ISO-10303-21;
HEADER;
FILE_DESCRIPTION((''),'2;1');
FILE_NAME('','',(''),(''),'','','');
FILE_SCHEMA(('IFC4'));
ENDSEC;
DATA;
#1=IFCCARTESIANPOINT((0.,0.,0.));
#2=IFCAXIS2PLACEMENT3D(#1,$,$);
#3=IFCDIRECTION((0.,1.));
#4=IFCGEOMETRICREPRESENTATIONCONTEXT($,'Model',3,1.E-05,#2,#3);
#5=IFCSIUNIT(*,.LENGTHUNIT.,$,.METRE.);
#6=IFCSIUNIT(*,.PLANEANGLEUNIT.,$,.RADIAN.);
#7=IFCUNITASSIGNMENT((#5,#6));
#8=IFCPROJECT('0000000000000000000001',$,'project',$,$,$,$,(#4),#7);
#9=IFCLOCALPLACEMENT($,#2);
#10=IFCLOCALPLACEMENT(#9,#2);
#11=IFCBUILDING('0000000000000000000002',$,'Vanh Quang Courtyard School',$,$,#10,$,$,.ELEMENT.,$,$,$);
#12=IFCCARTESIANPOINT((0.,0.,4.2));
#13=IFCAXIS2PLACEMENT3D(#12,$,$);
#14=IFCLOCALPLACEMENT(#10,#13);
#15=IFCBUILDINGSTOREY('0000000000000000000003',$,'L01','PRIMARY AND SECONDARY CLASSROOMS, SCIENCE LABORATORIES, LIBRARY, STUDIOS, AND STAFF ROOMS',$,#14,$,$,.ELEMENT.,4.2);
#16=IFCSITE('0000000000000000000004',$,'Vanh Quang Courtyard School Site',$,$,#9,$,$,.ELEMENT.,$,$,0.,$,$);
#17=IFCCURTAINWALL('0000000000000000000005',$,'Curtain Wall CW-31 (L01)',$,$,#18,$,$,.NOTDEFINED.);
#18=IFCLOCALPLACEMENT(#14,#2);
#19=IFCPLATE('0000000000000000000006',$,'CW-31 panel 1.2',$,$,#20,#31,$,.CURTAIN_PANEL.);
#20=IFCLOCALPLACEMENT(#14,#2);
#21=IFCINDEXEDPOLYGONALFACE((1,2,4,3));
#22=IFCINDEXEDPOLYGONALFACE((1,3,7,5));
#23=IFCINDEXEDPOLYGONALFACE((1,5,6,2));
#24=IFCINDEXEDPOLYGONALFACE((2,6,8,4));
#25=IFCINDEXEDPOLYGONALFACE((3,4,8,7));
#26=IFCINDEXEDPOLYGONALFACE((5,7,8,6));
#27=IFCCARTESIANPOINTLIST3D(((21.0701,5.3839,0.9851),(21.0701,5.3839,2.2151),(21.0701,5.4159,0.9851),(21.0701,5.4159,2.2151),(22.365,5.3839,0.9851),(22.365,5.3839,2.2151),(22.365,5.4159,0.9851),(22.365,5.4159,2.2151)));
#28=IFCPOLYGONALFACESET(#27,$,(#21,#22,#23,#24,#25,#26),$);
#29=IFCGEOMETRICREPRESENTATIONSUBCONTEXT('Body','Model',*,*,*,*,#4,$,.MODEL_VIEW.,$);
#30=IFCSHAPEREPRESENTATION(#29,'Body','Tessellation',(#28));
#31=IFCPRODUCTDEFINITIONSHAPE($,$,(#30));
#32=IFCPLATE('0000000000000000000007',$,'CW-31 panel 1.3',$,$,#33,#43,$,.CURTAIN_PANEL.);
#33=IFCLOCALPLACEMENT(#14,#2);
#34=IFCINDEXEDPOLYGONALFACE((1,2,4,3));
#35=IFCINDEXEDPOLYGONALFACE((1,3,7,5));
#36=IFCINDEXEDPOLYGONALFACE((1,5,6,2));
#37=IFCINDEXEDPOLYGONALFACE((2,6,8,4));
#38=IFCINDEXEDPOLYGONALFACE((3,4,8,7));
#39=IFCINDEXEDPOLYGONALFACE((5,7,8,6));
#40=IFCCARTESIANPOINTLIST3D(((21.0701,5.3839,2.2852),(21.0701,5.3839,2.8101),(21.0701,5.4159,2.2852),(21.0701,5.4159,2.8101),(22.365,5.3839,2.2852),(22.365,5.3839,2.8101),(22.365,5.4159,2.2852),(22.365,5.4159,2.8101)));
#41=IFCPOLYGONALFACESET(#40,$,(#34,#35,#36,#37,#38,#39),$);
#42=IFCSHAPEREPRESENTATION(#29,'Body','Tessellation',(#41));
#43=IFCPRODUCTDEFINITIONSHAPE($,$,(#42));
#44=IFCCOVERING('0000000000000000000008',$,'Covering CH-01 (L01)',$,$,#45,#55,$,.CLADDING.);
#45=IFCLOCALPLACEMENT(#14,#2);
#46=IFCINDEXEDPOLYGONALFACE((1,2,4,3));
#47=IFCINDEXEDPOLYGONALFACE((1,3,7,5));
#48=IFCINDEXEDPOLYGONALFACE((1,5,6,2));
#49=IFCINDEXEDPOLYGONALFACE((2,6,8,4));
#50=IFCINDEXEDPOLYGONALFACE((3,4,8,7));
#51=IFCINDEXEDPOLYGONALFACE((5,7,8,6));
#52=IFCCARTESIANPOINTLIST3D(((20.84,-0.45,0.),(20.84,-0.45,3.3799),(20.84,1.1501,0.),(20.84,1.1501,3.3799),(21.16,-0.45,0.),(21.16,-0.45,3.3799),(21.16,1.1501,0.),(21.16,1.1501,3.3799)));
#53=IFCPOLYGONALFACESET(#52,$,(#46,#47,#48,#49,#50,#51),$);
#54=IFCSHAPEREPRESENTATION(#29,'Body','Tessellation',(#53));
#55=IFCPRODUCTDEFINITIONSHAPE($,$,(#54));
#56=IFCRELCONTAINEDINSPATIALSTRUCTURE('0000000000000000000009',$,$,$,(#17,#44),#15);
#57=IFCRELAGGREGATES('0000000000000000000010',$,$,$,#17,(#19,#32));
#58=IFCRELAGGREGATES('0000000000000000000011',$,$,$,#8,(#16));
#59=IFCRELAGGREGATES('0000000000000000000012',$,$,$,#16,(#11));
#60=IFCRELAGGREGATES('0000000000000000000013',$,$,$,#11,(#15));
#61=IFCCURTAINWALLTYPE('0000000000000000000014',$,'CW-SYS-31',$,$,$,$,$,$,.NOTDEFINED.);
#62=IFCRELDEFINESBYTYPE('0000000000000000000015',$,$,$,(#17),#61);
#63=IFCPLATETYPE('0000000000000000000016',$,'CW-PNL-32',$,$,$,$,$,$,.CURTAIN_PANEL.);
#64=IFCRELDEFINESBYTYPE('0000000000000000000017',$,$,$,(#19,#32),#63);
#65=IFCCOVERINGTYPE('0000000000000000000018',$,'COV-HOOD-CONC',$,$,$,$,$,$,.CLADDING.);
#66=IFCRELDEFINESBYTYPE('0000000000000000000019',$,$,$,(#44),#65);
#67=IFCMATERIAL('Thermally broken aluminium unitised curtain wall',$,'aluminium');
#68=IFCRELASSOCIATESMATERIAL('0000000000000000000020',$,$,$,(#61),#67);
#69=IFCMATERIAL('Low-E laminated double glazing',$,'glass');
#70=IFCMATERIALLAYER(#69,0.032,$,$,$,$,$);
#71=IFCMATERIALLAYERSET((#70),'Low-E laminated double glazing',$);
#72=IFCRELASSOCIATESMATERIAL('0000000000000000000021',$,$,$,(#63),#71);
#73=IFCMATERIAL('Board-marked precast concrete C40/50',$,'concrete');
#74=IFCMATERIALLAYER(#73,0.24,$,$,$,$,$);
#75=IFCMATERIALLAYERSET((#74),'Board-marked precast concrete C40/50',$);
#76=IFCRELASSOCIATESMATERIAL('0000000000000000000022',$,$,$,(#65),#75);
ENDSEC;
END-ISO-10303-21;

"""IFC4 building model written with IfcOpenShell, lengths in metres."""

from ifc_helpers import new_model, si_unit, direction, frame, origin, origin_2d, place, context, subcontext, project, spatial, rectangle, extrude, material, layer, layer_set, type_object, element, aggregate, save


model = new_model("IFC4")

# Units and contexts
model_context = context("Model", 3, precision=1e-05, world=origin(), true_north=direction((0.0, 1.0)))
body_context = subcontext(model_context, "Body", "Model", "MODEL_VIEW")
ifc_project = project(units=[si_unit("LENGTHUNIT", "METRE"), si_unit("PLANEANGLEUNIT", "RADIAN")], contexts=[model_context])

# Site, building, storey
site_placement = place(None, origin())
site = spatial("IfcSite", under=ifc_project, at=site_placement, Name="Vanh Quang Courtyard School Site", CompositionType="ELEMENT", RefElevation=0.0)
building_placement = place(site_placement, origin())
building = spatial("IfcBuilding", under=site, at=building_placement, Name="Vanh Quang Courtyard School", CompositionType="ELEMENT")
storey_placement = place(building_placement, frame((0.0, 0.0, 4.2)))
storey = spatial("IfcBuildingStorey", under=building, at=storey_placement, Name="L01", Description="PRIMARY AND SECONDARY CLASSROOMS, SCIENCE LABORATORIES, LIBRARY, STUDIOS, AND STAFF ROOMS", CompositionType="ELEMENT", Elevation=4.2)

# Curtain wall
ifc_material_1 = material(Name="Thermally broken aluminium unitised curtain wall", Category="aluminium")
curtain_wall_type_1 = type_object("IfcCurtainWallType", Name="CW-SYS-31", PredefinedType="NOTDEFINED", material=ifc_material_1)
curtain_wall_1_placement = place(storey_placement, origin())
curtain_wall_1 = element("IfcCurtainWall", 1, at=curtain_wall_1_placement, inside=storey, type_object=curtain_wall_type_1, Name="Curtain Wall CW-31 (L01)", PredefinedType="NOTDEFINED")

# Plates
ifc_material_2 = material(Name="Low-E laminated double glazing", Category="glass")
ifc_layer_1 = layer(ifc_material_2, 0.032)
ifc_layer_set_1 = layer_set([ifc_layer_1], Name="Low-E laminated double glazing")
plate_type_1 = type_object("IfcPlateType", Name="CW-PNL-32", PredefinedType="CURTAIN_PANEL", material=ifc_layer_set_1)
plate_1_placement = place(storey_placement, frame((21.7175, 5.3999, 0.9851), z_axis=(0.0, 0.0, 1.0), x_axis=(1.0, 0.0, 0.0)))
plate_1 = element("IfcPlate", 2, at=plate_1_placement, type_object=plate_type_1, Name="CW-31 panel 1.2", PredefinedType="CURTAIN_PANEL", context=body_context, shape_type="SweptSolid", body=[
    extrude(rectangle(XDim=1.2949, YDim=0.032, at=origin_2d()), origin(), (0.0, 0.0, 1.0), 1.23),
])
plate_2_placement = place(storey_placement, frame((21.7175, 5.3999, 2.2852), z_axis=(0.0, 0.0, 1.0), x_axis=(1.0, 0.0, 0.0)))
plate_2 = element("IfcPlate", 3, at=plate_2_placement, type_object=plate_type_1, Name="CW-31 panel 1.3", PredefinedType="CURTAIN_PANEL", context=body_context, shape_type="SweptSolid", body=[
    extrude(rectangle(XDim=1.2949, YDim=0.032, at=origin_2d()), origin(), (0.0, 0.0, 1.0), 0.5249),
])
aggregate(curtain_wall_1, [plate_1, plate_2])

# Covering
ifc_material_3 = material(Name="Board-marked precast concrete C40/50", Category="concrete")
ifc_layer_2 = layer(ifc_material_3, 0.24)
ifc_layer_set_2 = layer_set([ifc_layer_2], Name="Board-marked precast concrete C40/50")
covering_type = type_object("IfcCoveringType", Name="COV-HOOD-CONC", PredefinedType="CLADDING", material=ifc_layer_set_2)
covering_placement = place(storey_placement, frame((21.0, 0.3501, 0.0), z_axis=(0.0, 0.0, 1.0), x_axis=(0.0, 1.0, 0.0)))
element("IfcCovering", 4, at=covering_placement, inside=storey, type_object=covering_type, Name="Covering CH-01 (L01)", PredefinedType="CLADDING", context=body_context, shape_type="SweptSolid", body=[
    extrude(rectangle(XDim=1.6001, YDim=0.3201, at=origin_2d()), origin(), (0.0, 0.0, 1.0), 3.3799),
])

save(model, "model.ifc")
